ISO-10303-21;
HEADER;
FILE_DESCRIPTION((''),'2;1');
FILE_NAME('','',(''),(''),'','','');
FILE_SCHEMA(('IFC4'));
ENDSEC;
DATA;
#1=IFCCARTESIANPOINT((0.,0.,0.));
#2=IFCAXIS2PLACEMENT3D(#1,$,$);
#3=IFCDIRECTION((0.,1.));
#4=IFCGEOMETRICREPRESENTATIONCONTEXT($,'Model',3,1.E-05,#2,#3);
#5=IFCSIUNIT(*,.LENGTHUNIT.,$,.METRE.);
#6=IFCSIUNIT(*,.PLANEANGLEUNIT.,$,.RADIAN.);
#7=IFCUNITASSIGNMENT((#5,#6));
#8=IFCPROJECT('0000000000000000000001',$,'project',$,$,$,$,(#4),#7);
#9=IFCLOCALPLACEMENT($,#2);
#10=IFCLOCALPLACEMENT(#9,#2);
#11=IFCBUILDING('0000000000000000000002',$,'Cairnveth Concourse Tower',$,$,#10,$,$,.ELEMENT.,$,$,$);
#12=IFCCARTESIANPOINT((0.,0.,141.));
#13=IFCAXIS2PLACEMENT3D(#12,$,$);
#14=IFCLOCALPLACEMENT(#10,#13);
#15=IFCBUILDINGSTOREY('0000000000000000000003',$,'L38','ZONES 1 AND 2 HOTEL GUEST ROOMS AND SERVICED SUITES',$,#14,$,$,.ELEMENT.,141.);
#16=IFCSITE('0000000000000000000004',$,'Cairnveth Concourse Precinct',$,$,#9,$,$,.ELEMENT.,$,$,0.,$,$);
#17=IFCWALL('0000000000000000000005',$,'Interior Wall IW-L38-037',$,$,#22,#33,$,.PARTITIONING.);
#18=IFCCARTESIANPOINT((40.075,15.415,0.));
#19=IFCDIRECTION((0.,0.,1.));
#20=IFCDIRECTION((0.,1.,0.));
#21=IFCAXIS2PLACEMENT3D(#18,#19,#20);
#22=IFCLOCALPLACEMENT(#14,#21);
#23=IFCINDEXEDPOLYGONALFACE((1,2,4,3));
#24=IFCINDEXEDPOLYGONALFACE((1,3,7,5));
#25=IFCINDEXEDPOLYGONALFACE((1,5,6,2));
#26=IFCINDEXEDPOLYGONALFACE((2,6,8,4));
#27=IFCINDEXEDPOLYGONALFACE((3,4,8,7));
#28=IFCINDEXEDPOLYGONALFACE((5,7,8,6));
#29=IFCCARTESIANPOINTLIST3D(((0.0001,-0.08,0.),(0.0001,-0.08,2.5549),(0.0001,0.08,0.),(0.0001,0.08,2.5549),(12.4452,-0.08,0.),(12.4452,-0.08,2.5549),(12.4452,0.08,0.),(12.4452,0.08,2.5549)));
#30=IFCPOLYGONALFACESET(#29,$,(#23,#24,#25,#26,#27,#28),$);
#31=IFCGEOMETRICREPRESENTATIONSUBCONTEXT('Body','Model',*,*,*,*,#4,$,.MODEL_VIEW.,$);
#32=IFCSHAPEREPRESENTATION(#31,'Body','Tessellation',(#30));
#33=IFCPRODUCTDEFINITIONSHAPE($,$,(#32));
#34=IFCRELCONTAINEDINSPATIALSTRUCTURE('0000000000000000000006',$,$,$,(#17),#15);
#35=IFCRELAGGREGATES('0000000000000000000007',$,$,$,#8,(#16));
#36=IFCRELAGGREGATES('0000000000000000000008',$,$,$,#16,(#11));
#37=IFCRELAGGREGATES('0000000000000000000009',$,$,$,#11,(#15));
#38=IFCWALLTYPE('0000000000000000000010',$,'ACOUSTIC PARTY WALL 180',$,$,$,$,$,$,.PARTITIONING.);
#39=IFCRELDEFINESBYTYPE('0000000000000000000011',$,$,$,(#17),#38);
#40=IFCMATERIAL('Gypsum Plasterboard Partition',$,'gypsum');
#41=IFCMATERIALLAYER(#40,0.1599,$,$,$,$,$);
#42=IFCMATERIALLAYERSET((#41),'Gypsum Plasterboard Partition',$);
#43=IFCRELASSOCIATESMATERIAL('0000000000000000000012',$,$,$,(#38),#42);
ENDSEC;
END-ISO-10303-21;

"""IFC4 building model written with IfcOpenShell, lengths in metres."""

from ifc_helpers import new_model, si_unit, direction, frame, frame_2d, origin, place, context, subcontext, project, spatial, rectangle, extrude, material, layer, layer_set, type_object, element, save


model = new_model("IFC4")

# Units and contexts
model_context = context("Model", 3, precision=1e-05, world=origin(), true_north=direction((0.0, 1.0)))
body_context = subcontext(model_context, "Body", "Model", "MODEL_VIEW")
ifc_project = project(units=[si_unit("LENGTHUNIT", "METRE"), si_unit("PLANEANGLEUNIT", "RADIAN")], contexts=[model_context])

# Site, building, storey
site_placement = place(None, origin())
site = spatial("IfcSite", under=ifc_project, at=site_placement, Name="Cairnveth Concourse Precinct", CompositionType="ELEMENT", RefElevation=0.0)
building_placement = place(site_placement, origin())
building = spatial("IfcBuilding", under=site, at=building_placement, Name="Cairnveth Concourse Tower", CompositionType="ELEMENT")
storey_placement = place(building_placement, frame((0.0, 0.0, 141.0)))
storey = spatial("IfcBuildingStorey", under=building, at=storey_placement, Name="L38", Description="ZONES 1 AND 2 HOTEL GUEST ROOMS AND SERVICED SUITES", CompositionType="ELEMENT", Elevation=141.0)

# Shared definitions
ifc_material_1 = material(Name="Gypsum Plasterboard Partition", Category="gypsum")
ifc_layer_1 = layer(ifc_material_1, 0.1599)
ifc_layer_set_1 = layer_set([ifc_layer_1], Name="Gypsum Plasterboard Partition")
wall_type_1 = type_object("IfcWallType", Name="ACOUSTIC PARTY WALL 180", PredefinedType="PARTITIONING", material=ifc_layer_set_1)

# Wall
wall_1_placement = place(storey_placement, frame((40.075, 15.415, 0.0), z_axis=(0.0, 0.0, 1.0), x_axis=(0.0, 1.0, 0.0)))
element("IfcWall", 1, at=wall_1_placement, inside=storey, type_object=wall_type_1, Name="Interior Wall IW-L38-037", PredefinedType="PARTITIONING", context=body_context, shape_type="SweptSolid", body=[
    extrude(rectangle(XDim=12.4451, YDim=0.1599, at=frame_2d((6.2227, 0.0))), origin(), (0.0, 0.0, 1.0), 2.5549),
])

save(model, "model.ifc")
